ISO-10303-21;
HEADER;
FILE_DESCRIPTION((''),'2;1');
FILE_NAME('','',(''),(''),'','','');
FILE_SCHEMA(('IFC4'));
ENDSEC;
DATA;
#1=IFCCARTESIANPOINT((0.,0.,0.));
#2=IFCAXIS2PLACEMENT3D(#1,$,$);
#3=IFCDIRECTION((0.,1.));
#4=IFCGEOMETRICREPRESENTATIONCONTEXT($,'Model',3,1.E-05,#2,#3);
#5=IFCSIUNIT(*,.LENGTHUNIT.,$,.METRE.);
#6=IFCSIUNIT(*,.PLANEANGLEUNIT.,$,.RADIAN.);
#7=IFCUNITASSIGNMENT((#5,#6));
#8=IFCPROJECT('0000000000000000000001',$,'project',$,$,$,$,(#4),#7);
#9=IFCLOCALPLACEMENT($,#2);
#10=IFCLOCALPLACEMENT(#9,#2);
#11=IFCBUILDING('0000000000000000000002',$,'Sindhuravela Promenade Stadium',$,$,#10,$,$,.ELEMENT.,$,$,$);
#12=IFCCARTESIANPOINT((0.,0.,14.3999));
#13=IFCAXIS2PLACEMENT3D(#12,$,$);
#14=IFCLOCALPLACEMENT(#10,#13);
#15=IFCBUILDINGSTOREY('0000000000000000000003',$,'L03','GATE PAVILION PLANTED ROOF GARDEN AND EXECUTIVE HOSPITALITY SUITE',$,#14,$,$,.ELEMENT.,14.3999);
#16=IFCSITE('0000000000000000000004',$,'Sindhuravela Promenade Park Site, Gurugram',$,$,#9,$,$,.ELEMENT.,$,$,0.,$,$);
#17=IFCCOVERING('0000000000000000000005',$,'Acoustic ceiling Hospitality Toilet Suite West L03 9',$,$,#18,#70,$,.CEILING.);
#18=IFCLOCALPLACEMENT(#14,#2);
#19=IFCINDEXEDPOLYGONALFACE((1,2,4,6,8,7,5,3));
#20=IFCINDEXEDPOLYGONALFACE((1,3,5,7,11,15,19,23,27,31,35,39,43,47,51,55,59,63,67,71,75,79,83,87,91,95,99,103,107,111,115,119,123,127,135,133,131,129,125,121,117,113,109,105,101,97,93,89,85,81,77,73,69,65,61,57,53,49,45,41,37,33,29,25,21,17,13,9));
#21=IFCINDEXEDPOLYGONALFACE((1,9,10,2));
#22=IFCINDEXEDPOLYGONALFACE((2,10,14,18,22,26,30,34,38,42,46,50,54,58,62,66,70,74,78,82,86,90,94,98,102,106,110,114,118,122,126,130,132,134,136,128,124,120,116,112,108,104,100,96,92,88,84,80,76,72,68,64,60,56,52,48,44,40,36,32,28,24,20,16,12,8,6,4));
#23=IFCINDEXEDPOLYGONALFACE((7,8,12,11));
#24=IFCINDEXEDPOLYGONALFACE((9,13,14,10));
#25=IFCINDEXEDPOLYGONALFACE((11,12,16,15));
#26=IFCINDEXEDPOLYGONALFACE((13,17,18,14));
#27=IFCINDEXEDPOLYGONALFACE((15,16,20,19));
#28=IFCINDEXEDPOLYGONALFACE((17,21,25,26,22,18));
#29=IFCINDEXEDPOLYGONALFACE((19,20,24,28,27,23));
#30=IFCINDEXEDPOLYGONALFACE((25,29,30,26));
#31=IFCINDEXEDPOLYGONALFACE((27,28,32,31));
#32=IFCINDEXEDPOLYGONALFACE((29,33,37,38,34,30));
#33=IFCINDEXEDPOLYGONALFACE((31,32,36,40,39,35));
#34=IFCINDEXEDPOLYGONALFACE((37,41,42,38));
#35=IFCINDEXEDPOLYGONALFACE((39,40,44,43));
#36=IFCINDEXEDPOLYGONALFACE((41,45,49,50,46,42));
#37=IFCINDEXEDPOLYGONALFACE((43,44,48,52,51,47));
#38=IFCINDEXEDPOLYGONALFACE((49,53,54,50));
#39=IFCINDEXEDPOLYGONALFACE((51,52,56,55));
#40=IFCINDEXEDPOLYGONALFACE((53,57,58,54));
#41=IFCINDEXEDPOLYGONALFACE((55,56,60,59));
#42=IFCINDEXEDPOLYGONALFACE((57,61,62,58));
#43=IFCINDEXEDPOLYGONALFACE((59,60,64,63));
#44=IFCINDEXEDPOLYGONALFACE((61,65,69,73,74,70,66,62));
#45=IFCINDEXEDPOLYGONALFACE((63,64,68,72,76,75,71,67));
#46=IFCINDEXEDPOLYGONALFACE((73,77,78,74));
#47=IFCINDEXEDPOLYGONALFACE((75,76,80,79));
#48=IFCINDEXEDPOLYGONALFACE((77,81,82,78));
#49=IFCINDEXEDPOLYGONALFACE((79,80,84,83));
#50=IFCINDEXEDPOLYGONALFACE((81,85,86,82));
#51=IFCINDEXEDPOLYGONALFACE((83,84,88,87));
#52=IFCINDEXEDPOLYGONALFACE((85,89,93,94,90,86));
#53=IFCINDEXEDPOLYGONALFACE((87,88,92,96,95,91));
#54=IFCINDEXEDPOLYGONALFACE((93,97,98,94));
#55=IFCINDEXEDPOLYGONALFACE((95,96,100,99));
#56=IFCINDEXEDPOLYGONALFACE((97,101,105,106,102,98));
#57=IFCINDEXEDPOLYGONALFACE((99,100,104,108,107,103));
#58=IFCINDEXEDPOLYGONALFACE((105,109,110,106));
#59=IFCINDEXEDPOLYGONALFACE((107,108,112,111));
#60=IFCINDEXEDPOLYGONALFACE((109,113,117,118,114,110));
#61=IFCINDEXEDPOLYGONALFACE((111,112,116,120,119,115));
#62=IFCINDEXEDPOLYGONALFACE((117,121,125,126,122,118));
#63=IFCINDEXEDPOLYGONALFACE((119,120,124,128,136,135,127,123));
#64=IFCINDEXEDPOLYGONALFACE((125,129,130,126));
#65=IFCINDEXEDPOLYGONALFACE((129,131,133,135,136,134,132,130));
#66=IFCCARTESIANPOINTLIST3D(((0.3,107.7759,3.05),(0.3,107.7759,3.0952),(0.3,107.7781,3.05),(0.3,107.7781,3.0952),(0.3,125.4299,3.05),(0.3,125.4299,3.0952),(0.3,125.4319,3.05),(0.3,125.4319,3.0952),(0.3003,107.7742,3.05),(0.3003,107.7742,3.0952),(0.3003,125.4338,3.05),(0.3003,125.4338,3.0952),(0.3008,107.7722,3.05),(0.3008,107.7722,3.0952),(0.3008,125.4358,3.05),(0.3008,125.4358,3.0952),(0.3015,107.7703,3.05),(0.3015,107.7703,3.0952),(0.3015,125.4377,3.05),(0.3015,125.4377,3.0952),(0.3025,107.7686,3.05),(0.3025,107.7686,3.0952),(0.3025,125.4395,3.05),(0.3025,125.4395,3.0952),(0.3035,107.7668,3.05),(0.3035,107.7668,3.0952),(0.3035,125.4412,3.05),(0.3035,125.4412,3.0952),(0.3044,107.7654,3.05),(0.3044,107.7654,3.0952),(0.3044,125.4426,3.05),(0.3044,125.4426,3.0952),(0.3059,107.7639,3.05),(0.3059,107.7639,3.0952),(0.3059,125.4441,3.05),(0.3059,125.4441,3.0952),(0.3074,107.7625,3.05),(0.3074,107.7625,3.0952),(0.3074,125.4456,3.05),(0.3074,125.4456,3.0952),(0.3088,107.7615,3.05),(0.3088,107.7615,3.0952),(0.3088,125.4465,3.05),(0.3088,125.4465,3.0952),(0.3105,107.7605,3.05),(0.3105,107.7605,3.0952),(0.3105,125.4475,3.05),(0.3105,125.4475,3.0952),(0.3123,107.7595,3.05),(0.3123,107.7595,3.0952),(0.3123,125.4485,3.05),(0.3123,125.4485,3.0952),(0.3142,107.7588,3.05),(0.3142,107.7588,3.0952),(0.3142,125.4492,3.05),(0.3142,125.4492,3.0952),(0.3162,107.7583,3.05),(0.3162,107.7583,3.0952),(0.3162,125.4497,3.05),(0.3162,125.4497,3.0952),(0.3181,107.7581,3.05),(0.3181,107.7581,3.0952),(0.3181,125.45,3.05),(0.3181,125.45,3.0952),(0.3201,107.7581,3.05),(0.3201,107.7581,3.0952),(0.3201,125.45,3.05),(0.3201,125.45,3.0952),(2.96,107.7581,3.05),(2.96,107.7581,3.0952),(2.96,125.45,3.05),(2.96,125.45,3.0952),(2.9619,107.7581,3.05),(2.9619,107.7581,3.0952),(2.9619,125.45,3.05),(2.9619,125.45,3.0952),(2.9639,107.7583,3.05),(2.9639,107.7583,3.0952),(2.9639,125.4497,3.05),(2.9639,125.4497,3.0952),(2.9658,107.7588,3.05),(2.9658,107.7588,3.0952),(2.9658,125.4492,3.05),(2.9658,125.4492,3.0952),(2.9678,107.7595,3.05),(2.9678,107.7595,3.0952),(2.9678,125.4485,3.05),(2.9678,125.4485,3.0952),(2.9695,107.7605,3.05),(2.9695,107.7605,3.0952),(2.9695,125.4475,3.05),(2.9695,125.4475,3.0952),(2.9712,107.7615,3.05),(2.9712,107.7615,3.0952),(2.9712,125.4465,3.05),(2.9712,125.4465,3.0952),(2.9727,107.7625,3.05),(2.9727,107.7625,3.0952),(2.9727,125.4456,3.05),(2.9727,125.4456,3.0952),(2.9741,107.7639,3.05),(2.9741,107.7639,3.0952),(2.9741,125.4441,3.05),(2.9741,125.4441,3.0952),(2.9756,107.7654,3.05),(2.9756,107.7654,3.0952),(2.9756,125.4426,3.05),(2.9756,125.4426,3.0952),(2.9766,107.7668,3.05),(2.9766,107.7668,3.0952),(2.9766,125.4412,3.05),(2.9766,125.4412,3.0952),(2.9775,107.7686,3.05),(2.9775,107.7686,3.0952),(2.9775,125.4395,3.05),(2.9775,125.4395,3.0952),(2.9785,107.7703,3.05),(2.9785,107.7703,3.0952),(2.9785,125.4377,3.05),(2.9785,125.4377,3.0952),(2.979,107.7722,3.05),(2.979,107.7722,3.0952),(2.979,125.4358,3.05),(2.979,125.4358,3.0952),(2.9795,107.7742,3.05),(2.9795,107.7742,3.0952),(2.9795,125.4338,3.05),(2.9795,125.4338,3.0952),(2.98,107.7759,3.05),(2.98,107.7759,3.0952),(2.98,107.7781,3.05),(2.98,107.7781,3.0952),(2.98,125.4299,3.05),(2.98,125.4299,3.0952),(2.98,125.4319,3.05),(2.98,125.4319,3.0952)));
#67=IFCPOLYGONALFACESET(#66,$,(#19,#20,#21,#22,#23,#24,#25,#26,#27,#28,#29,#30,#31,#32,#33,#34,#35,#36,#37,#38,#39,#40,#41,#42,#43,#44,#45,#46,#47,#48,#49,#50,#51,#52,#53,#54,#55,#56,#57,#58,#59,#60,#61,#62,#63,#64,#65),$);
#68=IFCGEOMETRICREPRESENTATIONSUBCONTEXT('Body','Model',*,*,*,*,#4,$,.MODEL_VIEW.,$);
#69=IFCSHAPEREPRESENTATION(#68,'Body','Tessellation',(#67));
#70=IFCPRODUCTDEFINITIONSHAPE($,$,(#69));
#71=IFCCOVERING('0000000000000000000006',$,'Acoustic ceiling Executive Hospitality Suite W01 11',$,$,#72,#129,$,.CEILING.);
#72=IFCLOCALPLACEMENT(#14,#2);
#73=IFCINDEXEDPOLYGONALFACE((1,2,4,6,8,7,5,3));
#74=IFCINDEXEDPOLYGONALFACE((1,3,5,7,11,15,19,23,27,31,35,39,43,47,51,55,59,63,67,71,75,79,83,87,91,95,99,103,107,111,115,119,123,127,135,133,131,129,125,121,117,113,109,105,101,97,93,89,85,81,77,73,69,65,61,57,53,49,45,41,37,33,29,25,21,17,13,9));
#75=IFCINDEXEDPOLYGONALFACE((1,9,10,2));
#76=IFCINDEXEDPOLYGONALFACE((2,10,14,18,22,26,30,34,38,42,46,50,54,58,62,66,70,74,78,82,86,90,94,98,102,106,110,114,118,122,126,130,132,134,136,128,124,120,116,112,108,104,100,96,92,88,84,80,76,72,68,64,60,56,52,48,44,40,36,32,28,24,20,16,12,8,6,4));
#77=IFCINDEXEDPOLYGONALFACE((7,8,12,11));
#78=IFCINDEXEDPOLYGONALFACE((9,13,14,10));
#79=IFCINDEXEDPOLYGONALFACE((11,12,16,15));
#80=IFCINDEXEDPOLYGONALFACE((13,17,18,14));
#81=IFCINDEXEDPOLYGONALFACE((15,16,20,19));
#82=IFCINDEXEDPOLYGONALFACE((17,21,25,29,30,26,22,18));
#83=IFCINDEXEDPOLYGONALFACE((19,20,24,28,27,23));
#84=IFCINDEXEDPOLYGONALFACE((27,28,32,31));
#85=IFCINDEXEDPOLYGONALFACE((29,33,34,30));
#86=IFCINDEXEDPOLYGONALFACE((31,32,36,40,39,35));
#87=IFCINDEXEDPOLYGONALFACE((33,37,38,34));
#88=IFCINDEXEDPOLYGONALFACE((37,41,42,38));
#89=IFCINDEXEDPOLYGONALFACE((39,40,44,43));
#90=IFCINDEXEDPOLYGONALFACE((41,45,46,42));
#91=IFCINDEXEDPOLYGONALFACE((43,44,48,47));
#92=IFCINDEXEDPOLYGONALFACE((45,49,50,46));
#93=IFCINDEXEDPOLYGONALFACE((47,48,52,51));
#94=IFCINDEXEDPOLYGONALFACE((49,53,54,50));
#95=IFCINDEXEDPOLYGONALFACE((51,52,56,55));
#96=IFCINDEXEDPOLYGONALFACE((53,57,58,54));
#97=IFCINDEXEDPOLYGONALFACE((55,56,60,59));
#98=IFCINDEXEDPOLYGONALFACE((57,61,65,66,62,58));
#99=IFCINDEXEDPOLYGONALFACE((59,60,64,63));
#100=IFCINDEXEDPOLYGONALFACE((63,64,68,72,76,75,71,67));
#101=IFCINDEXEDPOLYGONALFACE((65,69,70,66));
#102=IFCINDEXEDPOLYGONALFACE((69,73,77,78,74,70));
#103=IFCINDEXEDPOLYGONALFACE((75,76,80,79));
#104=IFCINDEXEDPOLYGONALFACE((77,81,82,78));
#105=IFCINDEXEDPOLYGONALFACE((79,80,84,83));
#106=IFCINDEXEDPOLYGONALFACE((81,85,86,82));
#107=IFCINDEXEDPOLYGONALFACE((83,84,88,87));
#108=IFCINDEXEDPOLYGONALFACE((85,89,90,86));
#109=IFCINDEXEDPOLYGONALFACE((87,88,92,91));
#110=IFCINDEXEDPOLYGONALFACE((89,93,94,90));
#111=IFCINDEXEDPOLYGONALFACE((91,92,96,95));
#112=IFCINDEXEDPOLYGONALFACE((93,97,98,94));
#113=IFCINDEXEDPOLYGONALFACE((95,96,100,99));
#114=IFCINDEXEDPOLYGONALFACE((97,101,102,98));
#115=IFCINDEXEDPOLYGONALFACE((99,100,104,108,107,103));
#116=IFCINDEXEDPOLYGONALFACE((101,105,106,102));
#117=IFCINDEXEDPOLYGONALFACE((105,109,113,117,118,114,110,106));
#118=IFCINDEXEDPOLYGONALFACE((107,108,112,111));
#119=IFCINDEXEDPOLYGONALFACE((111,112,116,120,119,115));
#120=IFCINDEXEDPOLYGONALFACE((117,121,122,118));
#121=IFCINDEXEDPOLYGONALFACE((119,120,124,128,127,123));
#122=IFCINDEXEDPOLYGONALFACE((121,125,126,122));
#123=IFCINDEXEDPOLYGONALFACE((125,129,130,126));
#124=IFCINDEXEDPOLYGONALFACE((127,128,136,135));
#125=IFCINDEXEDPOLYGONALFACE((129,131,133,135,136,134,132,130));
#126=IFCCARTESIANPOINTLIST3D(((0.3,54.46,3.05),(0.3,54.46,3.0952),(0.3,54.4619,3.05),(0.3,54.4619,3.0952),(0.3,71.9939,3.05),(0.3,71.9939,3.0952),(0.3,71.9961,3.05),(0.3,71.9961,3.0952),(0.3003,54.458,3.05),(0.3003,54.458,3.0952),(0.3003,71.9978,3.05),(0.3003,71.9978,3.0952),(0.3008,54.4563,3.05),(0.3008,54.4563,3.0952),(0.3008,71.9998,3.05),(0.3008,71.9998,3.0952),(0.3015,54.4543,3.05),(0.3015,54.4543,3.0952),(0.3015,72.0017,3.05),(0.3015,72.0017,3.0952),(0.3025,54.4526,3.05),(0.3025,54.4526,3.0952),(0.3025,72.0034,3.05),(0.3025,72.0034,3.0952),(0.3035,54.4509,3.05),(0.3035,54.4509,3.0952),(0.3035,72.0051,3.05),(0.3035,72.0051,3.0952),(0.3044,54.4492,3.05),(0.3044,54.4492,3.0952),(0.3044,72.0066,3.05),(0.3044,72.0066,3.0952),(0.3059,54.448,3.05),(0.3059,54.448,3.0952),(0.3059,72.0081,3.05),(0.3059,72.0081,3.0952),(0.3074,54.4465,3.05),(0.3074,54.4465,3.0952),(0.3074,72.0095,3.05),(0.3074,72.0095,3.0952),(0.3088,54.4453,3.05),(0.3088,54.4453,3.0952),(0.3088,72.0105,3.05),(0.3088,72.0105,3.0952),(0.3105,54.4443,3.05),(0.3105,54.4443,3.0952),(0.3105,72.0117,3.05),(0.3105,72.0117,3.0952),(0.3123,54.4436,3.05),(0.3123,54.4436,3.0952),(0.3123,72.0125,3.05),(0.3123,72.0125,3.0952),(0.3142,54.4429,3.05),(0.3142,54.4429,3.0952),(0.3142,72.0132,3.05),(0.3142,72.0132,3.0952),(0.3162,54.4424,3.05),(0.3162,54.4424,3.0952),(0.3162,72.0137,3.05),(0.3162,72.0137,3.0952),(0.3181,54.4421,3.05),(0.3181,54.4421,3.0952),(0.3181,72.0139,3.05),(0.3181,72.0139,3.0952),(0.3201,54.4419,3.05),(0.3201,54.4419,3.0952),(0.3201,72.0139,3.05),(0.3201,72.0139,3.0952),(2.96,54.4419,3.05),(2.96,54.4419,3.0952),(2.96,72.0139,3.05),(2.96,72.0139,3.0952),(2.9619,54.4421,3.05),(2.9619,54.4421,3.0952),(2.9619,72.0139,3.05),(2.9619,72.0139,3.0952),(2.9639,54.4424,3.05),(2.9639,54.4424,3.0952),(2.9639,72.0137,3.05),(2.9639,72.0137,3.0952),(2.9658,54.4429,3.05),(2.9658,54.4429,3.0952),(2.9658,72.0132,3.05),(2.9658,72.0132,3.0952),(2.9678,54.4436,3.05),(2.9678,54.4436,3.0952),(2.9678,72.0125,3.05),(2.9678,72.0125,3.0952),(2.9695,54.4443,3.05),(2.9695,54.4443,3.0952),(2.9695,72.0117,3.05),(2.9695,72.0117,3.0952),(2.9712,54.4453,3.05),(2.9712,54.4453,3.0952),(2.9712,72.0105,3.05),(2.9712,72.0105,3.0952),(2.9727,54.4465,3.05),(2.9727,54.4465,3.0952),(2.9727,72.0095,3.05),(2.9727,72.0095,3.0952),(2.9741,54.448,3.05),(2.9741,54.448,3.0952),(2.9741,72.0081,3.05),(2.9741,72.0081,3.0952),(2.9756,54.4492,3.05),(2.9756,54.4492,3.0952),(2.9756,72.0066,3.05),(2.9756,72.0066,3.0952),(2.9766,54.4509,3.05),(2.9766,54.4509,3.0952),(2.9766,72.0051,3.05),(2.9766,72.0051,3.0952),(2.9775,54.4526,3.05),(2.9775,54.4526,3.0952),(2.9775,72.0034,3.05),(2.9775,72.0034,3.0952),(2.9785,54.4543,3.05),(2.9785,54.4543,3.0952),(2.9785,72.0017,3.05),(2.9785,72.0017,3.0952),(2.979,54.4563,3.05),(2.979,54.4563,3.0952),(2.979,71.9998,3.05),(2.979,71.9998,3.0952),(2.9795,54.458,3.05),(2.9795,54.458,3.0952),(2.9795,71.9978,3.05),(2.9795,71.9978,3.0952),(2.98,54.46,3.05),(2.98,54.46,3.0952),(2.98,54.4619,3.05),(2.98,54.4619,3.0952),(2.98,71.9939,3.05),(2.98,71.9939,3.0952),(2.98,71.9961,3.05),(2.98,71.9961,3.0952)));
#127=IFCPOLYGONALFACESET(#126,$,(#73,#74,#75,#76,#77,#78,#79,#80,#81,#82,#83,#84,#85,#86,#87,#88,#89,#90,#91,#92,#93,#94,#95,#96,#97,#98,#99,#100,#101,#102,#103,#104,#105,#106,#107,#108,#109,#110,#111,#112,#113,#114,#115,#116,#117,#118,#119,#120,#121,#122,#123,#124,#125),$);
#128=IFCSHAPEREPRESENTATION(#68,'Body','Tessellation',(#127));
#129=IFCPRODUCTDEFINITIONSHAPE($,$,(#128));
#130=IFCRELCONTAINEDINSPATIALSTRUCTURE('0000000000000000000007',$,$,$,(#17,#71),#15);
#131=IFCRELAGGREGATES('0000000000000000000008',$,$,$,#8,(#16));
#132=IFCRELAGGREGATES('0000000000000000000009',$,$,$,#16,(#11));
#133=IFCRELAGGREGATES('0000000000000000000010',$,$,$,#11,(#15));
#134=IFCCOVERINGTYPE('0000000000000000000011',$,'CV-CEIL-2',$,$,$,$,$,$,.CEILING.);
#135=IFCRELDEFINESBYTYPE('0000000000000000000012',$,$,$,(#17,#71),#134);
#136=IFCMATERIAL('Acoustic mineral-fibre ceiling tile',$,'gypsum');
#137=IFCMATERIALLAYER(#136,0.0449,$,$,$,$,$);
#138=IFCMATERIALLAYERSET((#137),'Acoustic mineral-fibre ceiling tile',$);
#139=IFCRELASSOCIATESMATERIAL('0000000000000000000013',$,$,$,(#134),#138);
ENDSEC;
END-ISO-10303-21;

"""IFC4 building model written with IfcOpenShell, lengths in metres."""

from ifc_helpers import new_model, si_unit, direction, frame, origin, place, context, subcontext, project, spatial, polyline, outline, extrude, material, layer, layer_set, type_object, element, save


model = new_model("IFC4")

# Units and contexts
model_context = context("Model", 3, precision=1e-05, world=origin(), true_north=direction((0.0, 1.0)))
body_context = subcontext(model_context, "Body", "Model", "MODEL_VIEW")
ifc_project = project(units=[si_unit("LENGTHUNIT", "METRE"), si_unit("PLANEANGLEUNIT", "RADIAN")], contexts=[model_context])

# Site, building, storey
site_placement = place(None, origin())
site = spatial("IfcSite", under=ifc_project, at=site_placement, Name="Sindhuravela Promenade Park Site, Gurugram", CompositionType="ELEMENT", RefElevation=0.0)
building_placement = place(site_placement, origin())
building = spatial("IfcBuilding", under=site, at=building_placement, Name="Sindhuravela Promenade Stadium", CompositionType="ELEMENT")
storey_placement = place(building_placement, frame((0.0, 0.0, 14.3999)))
storey = spatial("IfcBuildingStorey", under=building, at=storey_placement, Name="L03", Description="GATE PAVILION PLANTED ROOF GARDEN AND EXECUTIVE HOSPITALITY SUITE", CompositionType="ELEMENT", Elevation=14.3999)

# Coverings
ifc_material_1 = material(Name="Acoustic mineral-fibre ceiling tile", Category="gypsum")
ifc_layer_1 = layer(ifc_material_1, 0.0449)
ifc_layer_set_1 = layer_set([ifc_layer_1], Name="Acoustic mineral-fibre ceiling tile")
covering_type_1 = type_object("IfcCoveringType", Name="CV-CEIL-2", PredefinedType="CEILING", material=ifc_layer_set_1)
covering_1_placement = place(storey_placement, frame((0.0, 0.0, 3.05)))
element("IfcCovering", 1, at=covering_1_placement, inside=storey, type_object=covering_type_1, Name="Acoustic ceiling Hospitality Toilet Suite West L03 9", PredefinedType="CEILING", context=body_context, shape_type="SweptSolid", body=[
    extrude(outline(polyline([(2.96, 125.45), (2.9619, 125.45), (2.9639, 125.4497), (2.9658, 125.4492), (2.9678, 125.4485), (2.9695, 125.4475), (2.9712, 125.4465), (2.9727, 125.4456), (2.9741, 125.4441), (2.9756, 125.4426), (2.9766, 125.4412), (2.9775, 125.4395), (2.9785, 125.4377), (2.979, 125.4358), (2.9795, 125.4338), (2.98, 125.4319), (2.98, 125.4299), (2.98, 107.7781), (2.98, 107.7759), (2.9795, 107.7742), (2.979, 107.7722), (2.9785, 107.7703), (2.9775, 107.7686), (2.9766, 107.7668), (2.9756, 107.7654), (2.9741, 107.7639), (2.9727, 107.7625), (2.9712, 107.7615), (2.9695, 107.7605), (2.9678, 107.7595), (2.9658, 107.7588), (2.9639, 107.7583), (2.9619, 107.7581), (2.96, 107.7581), (0.3201, 107.7581), (0.3181, 107.7581), (0.3162, 107.7583), (0.3142, 107.7588), (0.3123, 107.7595), (0.3105, 107.7605), (0.3088, 107.7615), (0.3074, 107.7625), (0.3059, 107.7639), (0.3044, 107.7654), (0.3035, 107.7668), (0.3025, 107.7686), (0.3015, 107.7703), (0.3008, 107.7722), (0.3003, 107.7742), (0.3, 107.7759), (0.3, 107.7781), (0.3, 125.4299), (0.3, 125.4319), (0.3003, 125.4338), (0.3008, 125.4358), (0.3015, 125.4377), (0.3025, 125.4395), (0.3035, 125.4412), (0.3044, 125.4426), (0.3059, 125.4441), (0.3074, 125.4456), (0.3088, 125.4465), (0.3105, 125.4475), (0.3123, 125.4485), (0.3142, 125.4492), (0.3162, 125.4497), (0.3181, 125.45), (0.3201, 125.45), (2.96, 125.45)])), origin(), (0.0, 0.0, 1.0), 0.0452),
])
covering_2_placement = place(storey_placement, frame((0.0, 0.0, 3.05)))
element("IfcCovering", 2, at=covering_2_placement, inside=storey, type_object=covering_type_1, Name="Acoustic ceiling Executive Hospitality Suite W01 11", PredefinedType="CEILING", context=body_context, shape_type="SweptSolid", body=[
    extrude(outline(polyline([(2.98, 54.4619), (2.98, 54.46), (2.9795, 54.458), (2.979, 54.4563), (2.9785, 54.4543), (2.9775, 54.4526), (2.9766, 54.4509), (2.9756, 54.4492), (2.9741, 54.448), (2.9727, 54.4465), (2.9712, 54.4453), (2.9695, 54.4443), (2.9678, 54.4436), (2.9658, 54.4429), (2.9639, 54.4424), (2.9619, 54.4421), (2.96, 54.4419), (0.3201, 54.4419), (0.3181, 54.4421), (0.3162, 54.4424), (0.3142, 54.4429), (0.3123, 54.4436), (0.3105, 54.4443), (0.3088, 54.4453), (0.3074, 54.4465), (0.3059, 54.448), (0.3044, 54.4492), (0.3035, 54.4509), (0.3025, 54.4526), (0.3015, 54.4543), (0.3008, 54.4563), (0.3003, 54.458), (0.3, 54.46), (0.3, 54.4619), (0.3, 71.9939), (0.3, 71.9961), (0.3003, 71.9978), (0.3008, 71.9998), (0.3015, 72.0017), (0.3025, 72.0034), (0.3035, 72.0051), (0.3044, 72.0066), (0.3059, 72.0081), (0.3074, 72.0095), (0.3088, 72.0105), (0.3105, 72.0117), (0.3123, 72.0125), (0.3142, 72.0132), (0.3162, 72.0137), (0.3181, 72.0139), (0.3201, 72.0139), (2.96, 72.0139), (2.9619, 72.0139), (2.9639, 72.0137), (2.9658, 72.0132), (2.9678, 72.0125), (2.9695, 72.0117), (2.9712, 72.0105), (2.9727, 72.0095), (2.9741, 72.0081), (2.9756, 72.0066), (2.9766, 72.0051), (2.9775, 72.0034), (2.9785, 72.0017), (2.979, 71.9998), (2.9795, 71.9978), (2.98, 71.9961), (2.98, 71.9939), (2.98, 54.4619)])), origin(), (0.0, 0.0, 1.0), 0.0452),
])

save(model, "model.ifc")
